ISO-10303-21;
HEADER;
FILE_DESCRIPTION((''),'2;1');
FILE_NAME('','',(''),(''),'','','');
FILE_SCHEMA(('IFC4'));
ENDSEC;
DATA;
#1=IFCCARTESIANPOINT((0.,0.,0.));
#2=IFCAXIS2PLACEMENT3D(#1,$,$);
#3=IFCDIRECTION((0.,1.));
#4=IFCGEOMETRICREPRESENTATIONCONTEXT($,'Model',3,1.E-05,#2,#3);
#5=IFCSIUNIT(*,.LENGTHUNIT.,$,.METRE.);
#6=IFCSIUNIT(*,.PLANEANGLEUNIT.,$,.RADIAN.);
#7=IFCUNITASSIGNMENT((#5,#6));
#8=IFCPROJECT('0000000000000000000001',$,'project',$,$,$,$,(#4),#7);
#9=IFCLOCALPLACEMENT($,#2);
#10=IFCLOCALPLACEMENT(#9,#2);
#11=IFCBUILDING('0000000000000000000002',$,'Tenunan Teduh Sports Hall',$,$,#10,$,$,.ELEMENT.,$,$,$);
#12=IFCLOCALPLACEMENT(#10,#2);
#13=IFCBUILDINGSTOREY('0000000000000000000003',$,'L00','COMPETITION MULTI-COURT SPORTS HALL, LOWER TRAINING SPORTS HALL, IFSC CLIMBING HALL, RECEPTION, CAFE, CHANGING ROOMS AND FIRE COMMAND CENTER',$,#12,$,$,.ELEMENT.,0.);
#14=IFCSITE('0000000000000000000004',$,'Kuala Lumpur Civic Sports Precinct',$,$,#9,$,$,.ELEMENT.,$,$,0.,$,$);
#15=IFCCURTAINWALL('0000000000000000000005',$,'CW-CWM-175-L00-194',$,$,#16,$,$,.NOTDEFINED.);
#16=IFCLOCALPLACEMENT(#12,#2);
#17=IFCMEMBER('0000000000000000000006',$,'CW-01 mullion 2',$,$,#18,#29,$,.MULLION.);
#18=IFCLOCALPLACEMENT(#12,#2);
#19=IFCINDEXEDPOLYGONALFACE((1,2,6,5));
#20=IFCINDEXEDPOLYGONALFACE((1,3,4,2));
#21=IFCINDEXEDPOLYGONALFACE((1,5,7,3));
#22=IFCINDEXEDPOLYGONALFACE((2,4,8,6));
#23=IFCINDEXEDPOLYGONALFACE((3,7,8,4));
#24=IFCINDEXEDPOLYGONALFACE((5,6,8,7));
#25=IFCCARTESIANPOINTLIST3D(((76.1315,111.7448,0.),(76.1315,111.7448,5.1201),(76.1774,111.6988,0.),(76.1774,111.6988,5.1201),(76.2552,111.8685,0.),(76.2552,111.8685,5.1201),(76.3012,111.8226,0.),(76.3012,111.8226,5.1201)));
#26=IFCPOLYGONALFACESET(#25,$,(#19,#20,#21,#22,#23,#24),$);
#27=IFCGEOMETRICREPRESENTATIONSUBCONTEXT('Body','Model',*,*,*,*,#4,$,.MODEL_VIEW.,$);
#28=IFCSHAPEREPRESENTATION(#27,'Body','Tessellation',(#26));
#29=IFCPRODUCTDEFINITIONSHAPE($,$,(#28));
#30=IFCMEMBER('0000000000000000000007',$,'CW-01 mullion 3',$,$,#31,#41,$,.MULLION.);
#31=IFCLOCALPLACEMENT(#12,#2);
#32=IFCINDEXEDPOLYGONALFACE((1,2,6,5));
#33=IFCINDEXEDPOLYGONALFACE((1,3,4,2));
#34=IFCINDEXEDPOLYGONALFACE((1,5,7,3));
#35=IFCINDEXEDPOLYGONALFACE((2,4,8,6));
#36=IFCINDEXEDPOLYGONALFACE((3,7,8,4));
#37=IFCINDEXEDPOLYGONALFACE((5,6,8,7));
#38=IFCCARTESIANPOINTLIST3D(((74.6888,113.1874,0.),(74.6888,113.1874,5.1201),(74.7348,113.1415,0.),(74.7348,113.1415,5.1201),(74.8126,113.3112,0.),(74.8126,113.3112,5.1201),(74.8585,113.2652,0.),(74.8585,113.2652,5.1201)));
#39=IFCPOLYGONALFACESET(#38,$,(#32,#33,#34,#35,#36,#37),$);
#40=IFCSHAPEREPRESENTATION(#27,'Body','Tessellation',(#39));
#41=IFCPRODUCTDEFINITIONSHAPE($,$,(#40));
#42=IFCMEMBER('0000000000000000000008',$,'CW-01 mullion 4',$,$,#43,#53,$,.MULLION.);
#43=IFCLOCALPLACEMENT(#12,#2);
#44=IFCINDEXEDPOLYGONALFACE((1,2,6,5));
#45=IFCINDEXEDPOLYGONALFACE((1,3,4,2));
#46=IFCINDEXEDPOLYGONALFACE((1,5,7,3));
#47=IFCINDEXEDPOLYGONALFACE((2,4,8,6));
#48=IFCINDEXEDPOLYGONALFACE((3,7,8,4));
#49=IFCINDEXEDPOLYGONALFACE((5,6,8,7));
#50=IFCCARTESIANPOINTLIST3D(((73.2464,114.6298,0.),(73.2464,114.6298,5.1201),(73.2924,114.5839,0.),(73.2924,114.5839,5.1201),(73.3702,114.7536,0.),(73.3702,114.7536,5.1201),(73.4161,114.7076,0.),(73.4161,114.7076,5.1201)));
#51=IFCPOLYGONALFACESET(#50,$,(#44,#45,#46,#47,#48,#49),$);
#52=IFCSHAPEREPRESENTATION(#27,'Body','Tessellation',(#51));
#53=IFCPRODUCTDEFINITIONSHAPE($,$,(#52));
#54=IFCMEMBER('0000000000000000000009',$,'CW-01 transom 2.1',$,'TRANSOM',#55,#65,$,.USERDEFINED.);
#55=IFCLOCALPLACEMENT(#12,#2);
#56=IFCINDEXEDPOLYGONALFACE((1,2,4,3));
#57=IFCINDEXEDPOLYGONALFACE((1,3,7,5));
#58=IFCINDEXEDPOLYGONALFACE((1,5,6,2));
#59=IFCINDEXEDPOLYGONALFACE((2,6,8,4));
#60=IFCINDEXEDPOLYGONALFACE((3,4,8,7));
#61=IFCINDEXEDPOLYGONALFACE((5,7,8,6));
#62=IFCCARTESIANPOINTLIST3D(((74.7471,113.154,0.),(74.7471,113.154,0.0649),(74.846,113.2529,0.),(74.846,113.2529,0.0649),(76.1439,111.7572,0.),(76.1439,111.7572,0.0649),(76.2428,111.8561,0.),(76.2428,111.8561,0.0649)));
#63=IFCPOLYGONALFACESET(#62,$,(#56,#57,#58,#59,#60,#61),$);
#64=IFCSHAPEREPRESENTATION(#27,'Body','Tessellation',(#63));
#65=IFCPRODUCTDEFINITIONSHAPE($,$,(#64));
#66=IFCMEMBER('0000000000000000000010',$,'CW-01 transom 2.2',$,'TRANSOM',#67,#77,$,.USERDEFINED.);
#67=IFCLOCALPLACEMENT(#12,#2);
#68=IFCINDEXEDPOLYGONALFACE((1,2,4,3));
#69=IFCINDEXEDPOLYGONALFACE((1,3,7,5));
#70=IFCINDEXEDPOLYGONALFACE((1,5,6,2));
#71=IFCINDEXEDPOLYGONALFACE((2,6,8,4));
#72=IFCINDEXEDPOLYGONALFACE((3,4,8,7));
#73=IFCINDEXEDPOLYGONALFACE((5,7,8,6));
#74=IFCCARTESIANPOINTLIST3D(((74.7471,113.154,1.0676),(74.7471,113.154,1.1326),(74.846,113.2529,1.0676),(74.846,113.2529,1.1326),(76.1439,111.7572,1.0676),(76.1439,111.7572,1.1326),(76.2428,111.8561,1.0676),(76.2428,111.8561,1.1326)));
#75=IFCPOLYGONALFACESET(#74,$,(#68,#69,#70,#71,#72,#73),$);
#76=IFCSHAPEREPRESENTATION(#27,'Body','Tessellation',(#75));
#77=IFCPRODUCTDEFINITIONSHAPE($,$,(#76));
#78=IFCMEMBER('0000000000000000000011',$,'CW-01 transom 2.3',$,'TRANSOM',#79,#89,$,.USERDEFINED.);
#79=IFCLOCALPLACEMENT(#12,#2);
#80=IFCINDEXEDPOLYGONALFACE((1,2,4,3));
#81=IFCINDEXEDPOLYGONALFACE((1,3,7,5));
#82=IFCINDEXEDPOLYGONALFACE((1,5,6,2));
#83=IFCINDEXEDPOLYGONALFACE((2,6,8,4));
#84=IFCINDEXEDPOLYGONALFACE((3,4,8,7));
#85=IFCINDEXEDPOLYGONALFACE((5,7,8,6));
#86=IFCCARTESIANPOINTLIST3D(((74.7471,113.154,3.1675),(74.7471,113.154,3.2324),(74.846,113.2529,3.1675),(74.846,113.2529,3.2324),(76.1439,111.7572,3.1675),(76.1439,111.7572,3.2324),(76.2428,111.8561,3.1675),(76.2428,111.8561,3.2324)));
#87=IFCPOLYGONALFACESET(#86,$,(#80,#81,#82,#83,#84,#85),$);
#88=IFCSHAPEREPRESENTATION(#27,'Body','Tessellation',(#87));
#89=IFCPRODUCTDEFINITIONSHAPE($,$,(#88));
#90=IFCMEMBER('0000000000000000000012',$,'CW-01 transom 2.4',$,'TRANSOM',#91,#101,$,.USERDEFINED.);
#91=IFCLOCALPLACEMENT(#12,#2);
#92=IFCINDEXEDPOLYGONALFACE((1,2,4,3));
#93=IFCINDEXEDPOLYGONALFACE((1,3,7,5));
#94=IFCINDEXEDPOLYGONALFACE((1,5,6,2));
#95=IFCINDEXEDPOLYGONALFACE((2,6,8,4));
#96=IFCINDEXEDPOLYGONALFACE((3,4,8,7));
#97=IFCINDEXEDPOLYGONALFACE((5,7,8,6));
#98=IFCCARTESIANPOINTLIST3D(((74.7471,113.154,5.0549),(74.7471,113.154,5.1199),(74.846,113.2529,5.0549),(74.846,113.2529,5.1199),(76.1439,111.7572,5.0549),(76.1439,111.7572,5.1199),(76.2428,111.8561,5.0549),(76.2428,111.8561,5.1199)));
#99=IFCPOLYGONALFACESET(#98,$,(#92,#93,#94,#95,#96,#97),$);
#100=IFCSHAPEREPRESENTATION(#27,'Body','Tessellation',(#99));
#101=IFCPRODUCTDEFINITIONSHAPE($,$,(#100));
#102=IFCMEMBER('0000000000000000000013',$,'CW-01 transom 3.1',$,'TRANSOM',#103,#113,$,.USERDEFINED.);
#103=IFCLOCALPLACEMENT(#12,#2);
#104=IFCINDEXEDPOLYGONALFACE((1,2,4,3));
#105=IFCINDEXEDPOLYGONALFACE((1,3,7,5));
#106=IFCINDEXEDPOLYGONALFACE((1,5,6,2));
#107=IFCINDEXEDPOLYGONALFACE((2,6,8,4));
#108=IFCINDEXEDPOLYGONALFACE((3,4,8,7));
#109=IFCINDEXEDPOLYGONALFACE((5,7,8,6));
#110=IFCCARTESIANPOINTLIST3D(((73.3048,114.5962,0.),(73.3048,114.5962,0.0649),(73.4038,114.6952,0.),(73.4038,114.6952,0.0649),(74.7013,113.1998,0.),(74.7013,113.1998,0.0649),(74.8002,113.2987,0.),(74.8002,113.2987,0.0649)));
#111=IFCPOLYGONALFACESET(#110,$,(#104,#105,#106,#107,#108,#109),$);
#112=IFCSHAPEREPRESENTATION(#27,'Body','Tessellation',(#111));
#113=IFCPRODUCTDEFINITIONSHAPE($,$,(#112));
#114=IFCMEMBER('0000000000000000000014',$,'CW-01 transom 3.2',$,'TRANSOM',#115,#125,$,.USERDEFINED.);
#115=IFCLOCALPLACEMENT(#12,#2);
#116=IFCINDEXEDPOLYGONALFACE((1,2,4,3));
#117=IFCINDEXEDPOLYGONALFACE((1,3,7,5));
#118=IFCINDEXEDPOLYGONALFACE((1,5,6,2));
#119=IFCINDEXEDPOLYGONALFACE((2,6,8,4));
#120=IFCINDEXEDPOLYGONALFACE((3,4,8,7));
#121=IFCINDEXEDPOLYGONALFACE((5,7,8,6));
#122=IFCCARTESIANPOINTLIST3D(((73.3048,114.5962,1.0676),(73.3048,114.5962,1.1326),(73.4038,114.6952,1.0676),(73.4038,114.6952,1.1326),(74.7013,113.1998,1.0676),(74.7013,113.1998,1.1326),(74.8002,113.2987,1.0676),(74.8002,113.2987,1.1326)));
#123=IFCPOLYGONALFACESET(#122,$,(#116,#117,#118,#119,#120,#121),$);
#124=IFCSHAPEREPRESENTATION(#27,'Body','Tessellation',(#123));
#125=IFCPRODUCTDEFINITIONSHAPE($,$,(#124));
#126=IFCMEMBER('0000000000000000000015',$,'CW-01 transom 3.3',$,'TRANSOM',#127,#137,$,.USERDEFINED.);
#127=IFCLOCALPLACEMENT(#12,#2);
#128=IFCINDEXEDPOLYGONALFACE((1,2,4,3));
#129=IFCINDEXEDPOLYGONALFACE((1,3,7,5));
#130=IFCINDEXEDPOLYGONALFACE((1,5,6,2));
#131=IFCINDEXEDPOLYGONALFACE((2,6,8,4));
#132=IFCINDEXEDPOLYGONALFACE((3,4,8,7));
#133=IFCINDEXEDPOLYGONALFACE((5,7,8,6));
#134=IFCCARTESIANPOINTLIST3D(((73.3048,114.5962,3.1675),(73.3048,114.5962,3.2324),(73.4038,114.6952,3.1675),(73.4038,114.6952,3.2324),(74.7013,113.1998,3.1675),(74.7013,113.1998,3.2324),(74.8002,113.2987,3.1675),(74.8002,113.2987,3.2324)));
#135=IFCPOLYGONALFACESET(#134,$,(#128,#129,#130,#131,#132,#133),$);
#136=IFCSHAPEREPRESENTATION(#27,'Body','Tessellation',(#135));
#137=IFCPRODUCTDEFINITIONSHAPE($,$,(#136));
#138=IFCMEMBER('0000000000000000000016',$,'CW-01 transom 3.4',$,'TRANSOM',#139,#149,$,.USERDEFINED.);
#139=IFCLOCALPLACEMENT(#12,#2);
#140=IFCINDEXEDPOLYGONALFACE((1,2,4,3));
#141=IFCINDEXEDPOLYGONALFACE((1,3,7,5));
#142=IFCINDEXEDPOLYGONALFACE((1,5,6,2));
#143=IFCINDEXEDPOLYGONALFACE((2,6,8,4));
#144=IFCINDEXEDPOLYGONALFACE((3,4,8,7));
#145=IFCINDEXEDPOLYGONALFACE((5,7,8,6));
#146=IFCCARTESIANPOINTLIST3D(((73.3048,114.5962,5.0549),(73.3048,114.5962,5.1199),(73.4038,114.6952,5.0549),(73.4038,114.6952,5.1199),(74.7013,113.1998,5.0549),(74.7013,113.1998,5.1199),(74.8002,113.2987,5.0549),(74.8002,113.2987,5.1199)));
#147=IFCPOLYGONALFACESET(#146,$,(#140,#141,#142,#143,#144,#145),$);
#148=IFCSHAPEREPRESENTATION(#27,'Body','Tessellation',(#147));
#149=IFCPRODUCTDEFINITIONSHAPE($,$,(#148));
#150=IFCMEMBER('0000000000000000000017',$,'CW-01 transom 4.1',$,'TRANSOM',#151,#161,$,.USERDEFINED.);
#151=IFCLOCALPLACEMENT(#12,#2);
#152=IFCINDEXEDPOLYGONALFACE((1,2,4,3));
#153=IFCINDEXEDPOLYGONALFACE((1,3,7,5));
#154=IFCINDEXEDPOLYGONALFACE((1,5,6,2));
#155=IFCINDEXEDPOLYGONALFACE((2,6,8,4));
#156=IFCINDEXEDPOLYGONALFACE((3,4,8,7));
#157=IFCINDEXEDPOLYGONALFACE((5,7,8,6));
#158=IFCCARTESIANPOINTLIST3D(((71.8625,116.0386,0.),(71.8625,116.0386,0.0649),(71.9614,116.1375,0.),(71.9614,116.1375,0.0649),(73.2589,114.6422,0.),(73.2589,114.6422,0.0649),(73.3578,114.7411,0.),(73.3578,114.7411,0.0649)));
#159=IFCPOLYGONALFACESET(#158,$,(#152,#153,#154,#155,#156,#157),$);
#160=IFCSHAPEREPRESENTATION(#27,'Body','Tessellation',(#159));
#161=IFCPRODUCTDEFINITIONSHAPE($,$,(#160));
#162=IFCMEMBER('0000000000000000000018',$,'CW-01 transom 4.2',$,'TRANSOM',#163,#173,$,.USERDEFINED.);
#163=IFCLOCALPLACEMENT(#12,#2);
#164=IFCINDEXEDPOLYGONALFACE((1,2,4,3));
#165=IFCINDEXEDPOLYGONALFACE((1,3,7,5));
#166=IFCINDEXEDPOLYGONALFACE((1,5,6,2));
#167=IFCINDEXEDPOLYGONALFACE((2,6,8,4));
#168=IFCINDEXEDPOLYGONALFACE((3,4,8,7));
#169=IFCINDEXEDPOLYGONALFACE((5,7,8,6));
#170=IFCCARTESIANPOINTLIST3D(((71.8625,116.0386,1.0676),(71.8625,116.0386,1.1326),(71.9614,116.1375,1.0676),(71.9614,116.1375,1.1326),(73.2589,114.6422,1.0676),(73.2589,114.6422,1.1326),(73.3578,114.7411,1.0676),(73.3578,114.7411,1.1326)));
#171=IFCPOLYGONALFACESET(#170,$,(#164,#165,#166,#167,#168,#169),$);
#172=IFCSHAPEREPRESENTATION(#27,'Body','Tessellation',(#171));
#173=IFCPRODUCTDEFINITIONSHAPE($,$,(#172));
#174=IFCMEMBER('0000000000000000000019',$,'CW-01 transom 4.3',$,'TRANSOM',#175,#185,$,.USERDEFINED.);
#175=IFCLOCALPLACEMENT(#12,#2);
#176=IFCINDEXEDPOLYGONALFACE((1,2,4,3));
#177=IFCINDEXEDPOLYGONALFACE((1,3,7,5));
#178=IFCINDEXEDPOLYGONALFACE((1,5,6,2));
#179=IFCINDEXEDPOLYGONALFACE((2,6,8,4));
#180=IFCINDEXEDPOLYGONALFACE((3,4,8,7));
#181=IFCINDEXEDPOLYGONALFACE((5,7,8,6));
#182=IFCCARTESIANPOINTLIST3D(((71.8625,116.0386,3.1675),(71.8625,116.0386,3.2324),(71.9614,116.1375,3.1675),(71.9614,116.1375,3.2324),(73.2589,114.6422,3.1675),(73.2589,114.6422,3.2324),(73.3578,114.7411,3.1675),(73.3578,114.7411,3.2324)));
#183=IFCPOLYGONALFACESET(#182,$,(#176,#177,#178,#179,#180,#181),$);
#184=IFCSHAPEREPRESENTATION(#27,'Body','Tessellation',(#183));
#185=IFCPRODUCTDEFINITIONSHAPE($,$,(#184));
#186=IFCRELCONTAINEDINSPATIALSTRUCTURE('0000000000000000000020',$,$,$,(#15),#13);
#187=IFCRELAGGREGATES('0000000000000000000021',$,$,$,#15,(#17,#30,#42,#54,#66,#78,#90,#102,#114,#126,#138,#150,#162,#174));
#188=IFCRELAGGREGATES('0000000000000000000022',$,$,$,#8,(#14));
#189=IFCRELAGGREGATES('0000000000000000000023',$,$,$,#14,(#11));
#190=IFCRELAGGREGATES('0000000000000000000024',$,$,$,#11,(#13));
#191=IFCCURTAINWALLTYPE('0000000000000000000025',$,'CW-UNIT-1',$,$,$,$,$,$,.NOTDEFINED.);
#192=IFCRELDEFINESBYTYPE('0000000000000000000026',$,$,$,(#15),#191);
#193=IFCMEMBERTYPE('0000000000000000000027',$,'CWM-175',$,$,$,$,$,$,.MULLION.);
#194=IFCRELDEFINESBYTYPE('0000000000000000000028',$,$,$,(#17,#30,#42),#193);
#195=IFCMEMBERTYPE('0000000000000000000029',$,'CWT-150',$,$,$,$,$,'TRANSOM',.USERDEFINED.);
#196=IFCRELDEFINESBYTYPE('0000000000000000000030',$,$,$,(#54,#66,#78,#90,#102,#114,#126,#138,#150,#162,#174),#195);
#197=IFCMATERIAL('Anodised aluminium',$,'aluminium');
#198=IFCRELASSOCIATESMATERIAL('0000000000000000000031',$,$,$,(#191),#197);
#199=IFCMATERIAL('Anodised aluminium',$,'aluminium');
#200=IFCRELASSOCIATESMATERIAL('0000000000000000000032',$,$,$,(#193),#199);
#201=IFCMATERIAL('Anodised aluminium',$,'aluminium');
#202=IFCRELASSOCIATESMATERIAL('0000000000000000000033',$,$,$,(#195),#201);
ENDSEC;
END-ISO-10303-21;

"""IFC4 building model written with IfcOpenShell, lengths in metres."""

from ifc_helpers import new_model, si_unit, direction, frame, origin, origin_2d, place, context, subcontext, project, spatial, rectangle, extrude, material, material_profile, profile_set, type_object, element, aggregate, save


model = new_model("IFC4")

# Units and contexts
model_context = context("Model", 3, precision=1e-05, world=origin(), true_north=direction((0.0, 1.0)))
body_context = subcontext(model_context, "Body", "Model", "MODEL_VIEW")
ifc_project = project(units=[si_unit("LENGTHUNIT", "METRE"), si_unit("PLANEANGLEUNIT", "RADIAN")], contexts=[model_context])

# Site, building, storey
site_placement = place(None, origin())
site = spatial("IfcSite", under=ifc_project, at=site_placement, Name="Kuala Lumpur Civic Sports Precinct", CompositionType="ELEMENT", RefElevation=0.0)
building_placement = place(site_placement, origin())
building = spatial("IfcBuilding", under=site, at=building_placement, Name="Tenunan Teduh Sports Hall", CompositionType="ELEMENT")
storey_placement = place(building_placement, origin())
storey = spatial("IfcBuildingStorey", under=building, at=storey_placement, Name="L00", Description="COMPETITION MULTI-COURT SPORTS HALL, LOWER TRAINING SPORTS HALL, IFSC CLIMBING HALL, RECEPTION, CAFE, CHANGING ROOMS AND FIRE COMMAND CENTER", CompositionType="ELEMENT", Elevation=0.0)

# Curtain wall, members
ifc_material_1 = material(Name="Anodised aluminium", Category="aluminium")
curtain_wall_type = type_object("IfcCurtainWallType", Name="CW-UNIT-1", PredefinedType="NOTDEFINED", material=ifc_material_1)
curtain_wall_placement = place(storey_placement, origin())
curtain_wall = element("IfcCurtainWall", 1, at=curtain_wall_placement, inside=storey, type_object=curtain_wall_type, Name="CW-CWM-175-L00-194", PredefinedType="NOTDEFINED")
ifc_material_2 = material(Name="Anodised aluminium", Category="aluminium")
ifc_material_profile_1 = material_profile(ifc_material_2, rectangle(XDim=0.0649, YDim=0.175, at=origin_2d()), Name="CWM 65x175")
ifc_profile_set_1 = profile_set([ifc_material_profile_1], Name="Anodised aluminium")
member_type_1 = type_object("IfcMemberType", Name="CWM-175", PredefinedType="MULLION", material=ifc_profile_set_1)
member_1_placement = place(storey_placement, frame((76.2163, 111.7837, 0.0), z_axis=(0.0, 0.0, 1.0), x_axis=(-0.707107, 0.707107, 0.0)))
member_1 = element("IfcMember", 2, at=member_1_placement, type_object=member_type_1, Name="CW-01 mullion 2", PredefinedType="MULLION", context=body_context, shape_type="SweptSolid", body=[
    extrude(rectangle(XDim=0.0649, YDim=0.175, at=origin_2d()), origin(), (0.0, 0.0, 1.0), 5.1201),
])
member_2_placement = place(storey_placement, frame((74.7737, 113.2263, 0.0), z_axis=(0.0, 0.0, 1.0), x_axis=(-0.707107, 0.707107, 0.0)))
member_2 = element("IfcMember", 3, at=member_2_placement, type_object=member_type_1, Name="CW-01 mullion 3", PredefinedType="MULLION", context=body_context, shape_type="SweptSolid", body=[
    extrude(rectangle(XDim=0.0649, YDim=0.175, at=origin_2d()), origin(), (0.0, 0.0, 1.0), 5.1201),
])
member_3_placement = place(storey_placement, frame((73.3313, 114.6687, 0.0), z_axis=(0.0, 0.0, 1.0), x_axis=(-0.707107, 0.707107, 0.0)))
member_3 = element("IfcMember", 4, at=member_3_placement, type_object=member_type_1, Name="CW-01 mullion 4", PredefinedType="MULLION", context=body_context, shape_type="SweptSolid", body=[
    extrude(rectangle(XDim=0.0649, YDim=0.175, at=origin_2d()), origin(), (0.0, 0.0, 1.0), 5.1201),
])
ifc_material_3 = material(Name="Anodised aluminium", Category="aluminium")
ifc_material_profile_2 = material_profile(ifc_material_3, rectangle(XDim=0.0649, YDim=0.1399, at=origin_2d()), Name="CWT 65x140")
ifc_profile_set_2 = profile_set([ifc_material_profile_2], Name="Anodised aluminium")
member_type_2 = type_object("IfcMemberType", Name="CWT-150", ElementType="TRANSOM", PredefinedType="USERDEFINED", material=ifc_profile_set_2)
member_4_placement = place(storey_placement, frame((76.1934, 111.8066, 0.0325), z_axis=(-0.707107, 0.707107, 0.0), x_axis=(0.0, 0.0, 1.0)))
member_4 = element("IfcMember", 5, at=member_4_placement, type_object=member_type_2, Name="CW-01 transom 2.1", ObjectType="TRANSOM", PredefinedType="USERDEFINED", context=body_context, shape_type="SweptSolid", body=[
    extrude(rectangle(XDim=0.0649, YDim=0.1399, at=origin_2d()), origin(), (0.0, 0.0, 1.0), 1.9753),
])
member_5_placement = place(storey_placement, frame((76.1934, 111.8066, 1.1001), z_axis=(-0.707107, 0.707107, 0.0), x_axis=(0.0, 0.0, 1.0)))
member_5 = element("IfcMember", 6, at=member_5_placement, type_object=member_type_2, Name="CW-01 transom 2.2", ObjectType="TRANSOM", PredefinedType="USERDEFINED", context=body_context, shape_type="SweptSolid", body=[
    extrude(rectangle(XDim=0.0649, YDim=0.1399, at=origin_2d()), origin(), (0.0, 0.0, 1.0), 1.9753),
])
member_6_placement = place(storey_placement, frame((76.1934, 111.8066, 3.2), z_axis=(-0.707107, 0.707107, 0.0), x_axis=(0.0, 0.0, 1.0)))
member_6 = element("IfcMember", 7, at=member_6_placement, type_object=member_type_2, Name="CW-01 transom 2.3", ObjectType="TRANSOM", PredefinedType="USERDEFINED", context=body_context, shape_type="SweptSolid", body=[
    extrude(rectangle(XDim=0.0649, YDim=0.1399, at=origin_2d()), origin(), (0.0, 0.0, 1.0), 1.9753),
])
member_7_placement = place(storey_placement, frame((76.1934, 111.8066, 5.0874), z_axis=(-0.707107, 0.707107, 0.0), x_axis=(0.0, 0.0, 1.0)))
member_7 = element("IfcMember", 8, at=member_7_placement, type_object=member_type_2, Name="CW-01 transom 2.4", ObjectType="TRANSOM", PredefinedType="USERDEFINED", context=body_context, shape_type="SweptSolid", body=[
    extrude(rectangle(XDim=0.0649, YDim=0.1399, at=origin_2d()), origin(), (0.0, 0.0, 1.0), 1.9753),
])
member_8_placement = place(storey_placement, frame((74.7507, 113.2493, 0.0325), z_axis=(-0.707107, 0.707107, 0.0), x_axis=(0.0, 0.0, 1.0)))
member_8 = element("IfcMember", 9, at=member_8_placement, type_object=member_type_2, Name="CW-01 transom 3.1", ObjectType="TRANSOM", PredefinedType="USERDEFINED", context=body_context, shape_type="SweptSolid", body=[
    extrude(rectangle(XDim=0.0649, YDim=0.1399, at=origin_2d()), origin(), (0.0, 0.0, 1.0), 1.9749),
])
member_9_placement = place(storey_placement, frame((74.7507, 113.2493, 1.1001), z_axis=(-0.707107, 0.707107, 0.0), x_axis=(0.0, 0.0, 1.0)))
member_9 = element("IfcMember", 10, at=member_9_placement, type_object=member_type_2, Name="CW-01 transom 3.2", ObjectType="TRANSOM", PredefinedType="USERDEFINED", context=body_context, shape_type="SweptSolid", body=[
    extrude(rectangle(XDim=0.0649, YDim=0.1399, at=origin_2d()), origin(), (0.0, 0.0, 1.0), 1.9749),
])
member_10_placement = place(storey_placement, frame((74.7507, 113.2493, 3.2), z_axis=(-0.707107, 0.707107, 0.0), x_axis=(0.0, 0.0, 1.0)))
member_10 = element("IfcMember", 11, at=member_10_placement, type_object=member_type_2, Name="CW-01 transom 3.3", ObjectType="TRANSOM", PredefinedType="USERDEFINED", context=body_context, shape_type="SweptSolid", body=[
    extrude(rectangle(XDim=0.0649, YDim=0.1399, at=origin_2d()), origin(), (0.0, 0.0, 1.0), 1.9749),
])
member_11_placement = place(storey_placement, frame((74.7507, 113.2493, 5.0874), z_axis=(-0.707107, 0.707107, 0.0), x_axis=(0.0, 0.0, 1.0)))
member_11 = element("IfcMember", 12, at=member_11_placement, type_object=member_type_2, Name="CW-01 transom 3.4", ObjectType="TRANSOM", PredefinedType="USERDEFINED", context=body_context, shape_type="SweptSolid", body=[
    extrude(rectangle(XDim=0.0649, YDim=0.1399, at=origin_2d()), origin(), (0.0, 0.0, 1.0), 1.9749),
])
member_12_placement = place(storey_placement, frame((73.3083, 114.6917, 0.0325), z_axis=(-0.707107, 0.707107, 0.0), x_axis=(0.0, 0.0, 1.0)))
member_12 = element("IfcMember", 13, at=member_12_placement, type_object=member_type_2, Name="CW-01 transom 4.1", ObjectType="TRANSOM", PredefinedType="USERDEFINED", context=body_context, shape_type="SweptSolid", body=[
    extrude(rectangle(XDim=0.0649, YDim=0.1399, at=origin_2d()), origin(), (0.0, 0.0, 1.0), 1.9749),
])
member_13_placement = place(storey_placement, frame((73.3083, 114.6917, 1.1001), z_axis=(-0.707107, 0.707107, 0.0), x_axis=(0.0, 0.0, 1.0)))
member_13 = element("IfcMember", 14, at=member_13_placement, type_object=member_type_2, Name="CW-01 transom 4.2", ObjectType="TRANSOM", PredefinedType="USERDEFINED", context=body_context, shape_type="SweptSolid", body=[
    extrude(rectangle(XDim=0.0649, YDim=0.1399, at=origin_2d()), origin(), (0.0, 0.0, 1.0), 1.9749),
])
member_14_placement = place(storey_placement, frame((73.3083, 114.6917, 3.2), z_axis=(-0.707107, 0.707107, 0.0), x_axis=(0.0, 0.0, 1.0)))
member_14 = element("IfcMember", 15, at=member_14_placement, type_object=member_type_2, Name="CW-01 transom 4.3", ObjectType="TRANSOM", PredefinedType="USERDEFINED", context=body_context, shape_type="SweptSolid", body=[
    extrude(rectangle(XDim=0.0649, YDim=0.1399, at=origin_2d()), origin(), (0.0, 0.0, 1.0), 1.9749),
])
aggregate(curtain_wall, [member_1, member_2, member_3, member_4, member_5, member_6, member_7, member_8, member_9, member_10, member_11, member_12, member_13, member_14])

save(model, "model.ifc")
